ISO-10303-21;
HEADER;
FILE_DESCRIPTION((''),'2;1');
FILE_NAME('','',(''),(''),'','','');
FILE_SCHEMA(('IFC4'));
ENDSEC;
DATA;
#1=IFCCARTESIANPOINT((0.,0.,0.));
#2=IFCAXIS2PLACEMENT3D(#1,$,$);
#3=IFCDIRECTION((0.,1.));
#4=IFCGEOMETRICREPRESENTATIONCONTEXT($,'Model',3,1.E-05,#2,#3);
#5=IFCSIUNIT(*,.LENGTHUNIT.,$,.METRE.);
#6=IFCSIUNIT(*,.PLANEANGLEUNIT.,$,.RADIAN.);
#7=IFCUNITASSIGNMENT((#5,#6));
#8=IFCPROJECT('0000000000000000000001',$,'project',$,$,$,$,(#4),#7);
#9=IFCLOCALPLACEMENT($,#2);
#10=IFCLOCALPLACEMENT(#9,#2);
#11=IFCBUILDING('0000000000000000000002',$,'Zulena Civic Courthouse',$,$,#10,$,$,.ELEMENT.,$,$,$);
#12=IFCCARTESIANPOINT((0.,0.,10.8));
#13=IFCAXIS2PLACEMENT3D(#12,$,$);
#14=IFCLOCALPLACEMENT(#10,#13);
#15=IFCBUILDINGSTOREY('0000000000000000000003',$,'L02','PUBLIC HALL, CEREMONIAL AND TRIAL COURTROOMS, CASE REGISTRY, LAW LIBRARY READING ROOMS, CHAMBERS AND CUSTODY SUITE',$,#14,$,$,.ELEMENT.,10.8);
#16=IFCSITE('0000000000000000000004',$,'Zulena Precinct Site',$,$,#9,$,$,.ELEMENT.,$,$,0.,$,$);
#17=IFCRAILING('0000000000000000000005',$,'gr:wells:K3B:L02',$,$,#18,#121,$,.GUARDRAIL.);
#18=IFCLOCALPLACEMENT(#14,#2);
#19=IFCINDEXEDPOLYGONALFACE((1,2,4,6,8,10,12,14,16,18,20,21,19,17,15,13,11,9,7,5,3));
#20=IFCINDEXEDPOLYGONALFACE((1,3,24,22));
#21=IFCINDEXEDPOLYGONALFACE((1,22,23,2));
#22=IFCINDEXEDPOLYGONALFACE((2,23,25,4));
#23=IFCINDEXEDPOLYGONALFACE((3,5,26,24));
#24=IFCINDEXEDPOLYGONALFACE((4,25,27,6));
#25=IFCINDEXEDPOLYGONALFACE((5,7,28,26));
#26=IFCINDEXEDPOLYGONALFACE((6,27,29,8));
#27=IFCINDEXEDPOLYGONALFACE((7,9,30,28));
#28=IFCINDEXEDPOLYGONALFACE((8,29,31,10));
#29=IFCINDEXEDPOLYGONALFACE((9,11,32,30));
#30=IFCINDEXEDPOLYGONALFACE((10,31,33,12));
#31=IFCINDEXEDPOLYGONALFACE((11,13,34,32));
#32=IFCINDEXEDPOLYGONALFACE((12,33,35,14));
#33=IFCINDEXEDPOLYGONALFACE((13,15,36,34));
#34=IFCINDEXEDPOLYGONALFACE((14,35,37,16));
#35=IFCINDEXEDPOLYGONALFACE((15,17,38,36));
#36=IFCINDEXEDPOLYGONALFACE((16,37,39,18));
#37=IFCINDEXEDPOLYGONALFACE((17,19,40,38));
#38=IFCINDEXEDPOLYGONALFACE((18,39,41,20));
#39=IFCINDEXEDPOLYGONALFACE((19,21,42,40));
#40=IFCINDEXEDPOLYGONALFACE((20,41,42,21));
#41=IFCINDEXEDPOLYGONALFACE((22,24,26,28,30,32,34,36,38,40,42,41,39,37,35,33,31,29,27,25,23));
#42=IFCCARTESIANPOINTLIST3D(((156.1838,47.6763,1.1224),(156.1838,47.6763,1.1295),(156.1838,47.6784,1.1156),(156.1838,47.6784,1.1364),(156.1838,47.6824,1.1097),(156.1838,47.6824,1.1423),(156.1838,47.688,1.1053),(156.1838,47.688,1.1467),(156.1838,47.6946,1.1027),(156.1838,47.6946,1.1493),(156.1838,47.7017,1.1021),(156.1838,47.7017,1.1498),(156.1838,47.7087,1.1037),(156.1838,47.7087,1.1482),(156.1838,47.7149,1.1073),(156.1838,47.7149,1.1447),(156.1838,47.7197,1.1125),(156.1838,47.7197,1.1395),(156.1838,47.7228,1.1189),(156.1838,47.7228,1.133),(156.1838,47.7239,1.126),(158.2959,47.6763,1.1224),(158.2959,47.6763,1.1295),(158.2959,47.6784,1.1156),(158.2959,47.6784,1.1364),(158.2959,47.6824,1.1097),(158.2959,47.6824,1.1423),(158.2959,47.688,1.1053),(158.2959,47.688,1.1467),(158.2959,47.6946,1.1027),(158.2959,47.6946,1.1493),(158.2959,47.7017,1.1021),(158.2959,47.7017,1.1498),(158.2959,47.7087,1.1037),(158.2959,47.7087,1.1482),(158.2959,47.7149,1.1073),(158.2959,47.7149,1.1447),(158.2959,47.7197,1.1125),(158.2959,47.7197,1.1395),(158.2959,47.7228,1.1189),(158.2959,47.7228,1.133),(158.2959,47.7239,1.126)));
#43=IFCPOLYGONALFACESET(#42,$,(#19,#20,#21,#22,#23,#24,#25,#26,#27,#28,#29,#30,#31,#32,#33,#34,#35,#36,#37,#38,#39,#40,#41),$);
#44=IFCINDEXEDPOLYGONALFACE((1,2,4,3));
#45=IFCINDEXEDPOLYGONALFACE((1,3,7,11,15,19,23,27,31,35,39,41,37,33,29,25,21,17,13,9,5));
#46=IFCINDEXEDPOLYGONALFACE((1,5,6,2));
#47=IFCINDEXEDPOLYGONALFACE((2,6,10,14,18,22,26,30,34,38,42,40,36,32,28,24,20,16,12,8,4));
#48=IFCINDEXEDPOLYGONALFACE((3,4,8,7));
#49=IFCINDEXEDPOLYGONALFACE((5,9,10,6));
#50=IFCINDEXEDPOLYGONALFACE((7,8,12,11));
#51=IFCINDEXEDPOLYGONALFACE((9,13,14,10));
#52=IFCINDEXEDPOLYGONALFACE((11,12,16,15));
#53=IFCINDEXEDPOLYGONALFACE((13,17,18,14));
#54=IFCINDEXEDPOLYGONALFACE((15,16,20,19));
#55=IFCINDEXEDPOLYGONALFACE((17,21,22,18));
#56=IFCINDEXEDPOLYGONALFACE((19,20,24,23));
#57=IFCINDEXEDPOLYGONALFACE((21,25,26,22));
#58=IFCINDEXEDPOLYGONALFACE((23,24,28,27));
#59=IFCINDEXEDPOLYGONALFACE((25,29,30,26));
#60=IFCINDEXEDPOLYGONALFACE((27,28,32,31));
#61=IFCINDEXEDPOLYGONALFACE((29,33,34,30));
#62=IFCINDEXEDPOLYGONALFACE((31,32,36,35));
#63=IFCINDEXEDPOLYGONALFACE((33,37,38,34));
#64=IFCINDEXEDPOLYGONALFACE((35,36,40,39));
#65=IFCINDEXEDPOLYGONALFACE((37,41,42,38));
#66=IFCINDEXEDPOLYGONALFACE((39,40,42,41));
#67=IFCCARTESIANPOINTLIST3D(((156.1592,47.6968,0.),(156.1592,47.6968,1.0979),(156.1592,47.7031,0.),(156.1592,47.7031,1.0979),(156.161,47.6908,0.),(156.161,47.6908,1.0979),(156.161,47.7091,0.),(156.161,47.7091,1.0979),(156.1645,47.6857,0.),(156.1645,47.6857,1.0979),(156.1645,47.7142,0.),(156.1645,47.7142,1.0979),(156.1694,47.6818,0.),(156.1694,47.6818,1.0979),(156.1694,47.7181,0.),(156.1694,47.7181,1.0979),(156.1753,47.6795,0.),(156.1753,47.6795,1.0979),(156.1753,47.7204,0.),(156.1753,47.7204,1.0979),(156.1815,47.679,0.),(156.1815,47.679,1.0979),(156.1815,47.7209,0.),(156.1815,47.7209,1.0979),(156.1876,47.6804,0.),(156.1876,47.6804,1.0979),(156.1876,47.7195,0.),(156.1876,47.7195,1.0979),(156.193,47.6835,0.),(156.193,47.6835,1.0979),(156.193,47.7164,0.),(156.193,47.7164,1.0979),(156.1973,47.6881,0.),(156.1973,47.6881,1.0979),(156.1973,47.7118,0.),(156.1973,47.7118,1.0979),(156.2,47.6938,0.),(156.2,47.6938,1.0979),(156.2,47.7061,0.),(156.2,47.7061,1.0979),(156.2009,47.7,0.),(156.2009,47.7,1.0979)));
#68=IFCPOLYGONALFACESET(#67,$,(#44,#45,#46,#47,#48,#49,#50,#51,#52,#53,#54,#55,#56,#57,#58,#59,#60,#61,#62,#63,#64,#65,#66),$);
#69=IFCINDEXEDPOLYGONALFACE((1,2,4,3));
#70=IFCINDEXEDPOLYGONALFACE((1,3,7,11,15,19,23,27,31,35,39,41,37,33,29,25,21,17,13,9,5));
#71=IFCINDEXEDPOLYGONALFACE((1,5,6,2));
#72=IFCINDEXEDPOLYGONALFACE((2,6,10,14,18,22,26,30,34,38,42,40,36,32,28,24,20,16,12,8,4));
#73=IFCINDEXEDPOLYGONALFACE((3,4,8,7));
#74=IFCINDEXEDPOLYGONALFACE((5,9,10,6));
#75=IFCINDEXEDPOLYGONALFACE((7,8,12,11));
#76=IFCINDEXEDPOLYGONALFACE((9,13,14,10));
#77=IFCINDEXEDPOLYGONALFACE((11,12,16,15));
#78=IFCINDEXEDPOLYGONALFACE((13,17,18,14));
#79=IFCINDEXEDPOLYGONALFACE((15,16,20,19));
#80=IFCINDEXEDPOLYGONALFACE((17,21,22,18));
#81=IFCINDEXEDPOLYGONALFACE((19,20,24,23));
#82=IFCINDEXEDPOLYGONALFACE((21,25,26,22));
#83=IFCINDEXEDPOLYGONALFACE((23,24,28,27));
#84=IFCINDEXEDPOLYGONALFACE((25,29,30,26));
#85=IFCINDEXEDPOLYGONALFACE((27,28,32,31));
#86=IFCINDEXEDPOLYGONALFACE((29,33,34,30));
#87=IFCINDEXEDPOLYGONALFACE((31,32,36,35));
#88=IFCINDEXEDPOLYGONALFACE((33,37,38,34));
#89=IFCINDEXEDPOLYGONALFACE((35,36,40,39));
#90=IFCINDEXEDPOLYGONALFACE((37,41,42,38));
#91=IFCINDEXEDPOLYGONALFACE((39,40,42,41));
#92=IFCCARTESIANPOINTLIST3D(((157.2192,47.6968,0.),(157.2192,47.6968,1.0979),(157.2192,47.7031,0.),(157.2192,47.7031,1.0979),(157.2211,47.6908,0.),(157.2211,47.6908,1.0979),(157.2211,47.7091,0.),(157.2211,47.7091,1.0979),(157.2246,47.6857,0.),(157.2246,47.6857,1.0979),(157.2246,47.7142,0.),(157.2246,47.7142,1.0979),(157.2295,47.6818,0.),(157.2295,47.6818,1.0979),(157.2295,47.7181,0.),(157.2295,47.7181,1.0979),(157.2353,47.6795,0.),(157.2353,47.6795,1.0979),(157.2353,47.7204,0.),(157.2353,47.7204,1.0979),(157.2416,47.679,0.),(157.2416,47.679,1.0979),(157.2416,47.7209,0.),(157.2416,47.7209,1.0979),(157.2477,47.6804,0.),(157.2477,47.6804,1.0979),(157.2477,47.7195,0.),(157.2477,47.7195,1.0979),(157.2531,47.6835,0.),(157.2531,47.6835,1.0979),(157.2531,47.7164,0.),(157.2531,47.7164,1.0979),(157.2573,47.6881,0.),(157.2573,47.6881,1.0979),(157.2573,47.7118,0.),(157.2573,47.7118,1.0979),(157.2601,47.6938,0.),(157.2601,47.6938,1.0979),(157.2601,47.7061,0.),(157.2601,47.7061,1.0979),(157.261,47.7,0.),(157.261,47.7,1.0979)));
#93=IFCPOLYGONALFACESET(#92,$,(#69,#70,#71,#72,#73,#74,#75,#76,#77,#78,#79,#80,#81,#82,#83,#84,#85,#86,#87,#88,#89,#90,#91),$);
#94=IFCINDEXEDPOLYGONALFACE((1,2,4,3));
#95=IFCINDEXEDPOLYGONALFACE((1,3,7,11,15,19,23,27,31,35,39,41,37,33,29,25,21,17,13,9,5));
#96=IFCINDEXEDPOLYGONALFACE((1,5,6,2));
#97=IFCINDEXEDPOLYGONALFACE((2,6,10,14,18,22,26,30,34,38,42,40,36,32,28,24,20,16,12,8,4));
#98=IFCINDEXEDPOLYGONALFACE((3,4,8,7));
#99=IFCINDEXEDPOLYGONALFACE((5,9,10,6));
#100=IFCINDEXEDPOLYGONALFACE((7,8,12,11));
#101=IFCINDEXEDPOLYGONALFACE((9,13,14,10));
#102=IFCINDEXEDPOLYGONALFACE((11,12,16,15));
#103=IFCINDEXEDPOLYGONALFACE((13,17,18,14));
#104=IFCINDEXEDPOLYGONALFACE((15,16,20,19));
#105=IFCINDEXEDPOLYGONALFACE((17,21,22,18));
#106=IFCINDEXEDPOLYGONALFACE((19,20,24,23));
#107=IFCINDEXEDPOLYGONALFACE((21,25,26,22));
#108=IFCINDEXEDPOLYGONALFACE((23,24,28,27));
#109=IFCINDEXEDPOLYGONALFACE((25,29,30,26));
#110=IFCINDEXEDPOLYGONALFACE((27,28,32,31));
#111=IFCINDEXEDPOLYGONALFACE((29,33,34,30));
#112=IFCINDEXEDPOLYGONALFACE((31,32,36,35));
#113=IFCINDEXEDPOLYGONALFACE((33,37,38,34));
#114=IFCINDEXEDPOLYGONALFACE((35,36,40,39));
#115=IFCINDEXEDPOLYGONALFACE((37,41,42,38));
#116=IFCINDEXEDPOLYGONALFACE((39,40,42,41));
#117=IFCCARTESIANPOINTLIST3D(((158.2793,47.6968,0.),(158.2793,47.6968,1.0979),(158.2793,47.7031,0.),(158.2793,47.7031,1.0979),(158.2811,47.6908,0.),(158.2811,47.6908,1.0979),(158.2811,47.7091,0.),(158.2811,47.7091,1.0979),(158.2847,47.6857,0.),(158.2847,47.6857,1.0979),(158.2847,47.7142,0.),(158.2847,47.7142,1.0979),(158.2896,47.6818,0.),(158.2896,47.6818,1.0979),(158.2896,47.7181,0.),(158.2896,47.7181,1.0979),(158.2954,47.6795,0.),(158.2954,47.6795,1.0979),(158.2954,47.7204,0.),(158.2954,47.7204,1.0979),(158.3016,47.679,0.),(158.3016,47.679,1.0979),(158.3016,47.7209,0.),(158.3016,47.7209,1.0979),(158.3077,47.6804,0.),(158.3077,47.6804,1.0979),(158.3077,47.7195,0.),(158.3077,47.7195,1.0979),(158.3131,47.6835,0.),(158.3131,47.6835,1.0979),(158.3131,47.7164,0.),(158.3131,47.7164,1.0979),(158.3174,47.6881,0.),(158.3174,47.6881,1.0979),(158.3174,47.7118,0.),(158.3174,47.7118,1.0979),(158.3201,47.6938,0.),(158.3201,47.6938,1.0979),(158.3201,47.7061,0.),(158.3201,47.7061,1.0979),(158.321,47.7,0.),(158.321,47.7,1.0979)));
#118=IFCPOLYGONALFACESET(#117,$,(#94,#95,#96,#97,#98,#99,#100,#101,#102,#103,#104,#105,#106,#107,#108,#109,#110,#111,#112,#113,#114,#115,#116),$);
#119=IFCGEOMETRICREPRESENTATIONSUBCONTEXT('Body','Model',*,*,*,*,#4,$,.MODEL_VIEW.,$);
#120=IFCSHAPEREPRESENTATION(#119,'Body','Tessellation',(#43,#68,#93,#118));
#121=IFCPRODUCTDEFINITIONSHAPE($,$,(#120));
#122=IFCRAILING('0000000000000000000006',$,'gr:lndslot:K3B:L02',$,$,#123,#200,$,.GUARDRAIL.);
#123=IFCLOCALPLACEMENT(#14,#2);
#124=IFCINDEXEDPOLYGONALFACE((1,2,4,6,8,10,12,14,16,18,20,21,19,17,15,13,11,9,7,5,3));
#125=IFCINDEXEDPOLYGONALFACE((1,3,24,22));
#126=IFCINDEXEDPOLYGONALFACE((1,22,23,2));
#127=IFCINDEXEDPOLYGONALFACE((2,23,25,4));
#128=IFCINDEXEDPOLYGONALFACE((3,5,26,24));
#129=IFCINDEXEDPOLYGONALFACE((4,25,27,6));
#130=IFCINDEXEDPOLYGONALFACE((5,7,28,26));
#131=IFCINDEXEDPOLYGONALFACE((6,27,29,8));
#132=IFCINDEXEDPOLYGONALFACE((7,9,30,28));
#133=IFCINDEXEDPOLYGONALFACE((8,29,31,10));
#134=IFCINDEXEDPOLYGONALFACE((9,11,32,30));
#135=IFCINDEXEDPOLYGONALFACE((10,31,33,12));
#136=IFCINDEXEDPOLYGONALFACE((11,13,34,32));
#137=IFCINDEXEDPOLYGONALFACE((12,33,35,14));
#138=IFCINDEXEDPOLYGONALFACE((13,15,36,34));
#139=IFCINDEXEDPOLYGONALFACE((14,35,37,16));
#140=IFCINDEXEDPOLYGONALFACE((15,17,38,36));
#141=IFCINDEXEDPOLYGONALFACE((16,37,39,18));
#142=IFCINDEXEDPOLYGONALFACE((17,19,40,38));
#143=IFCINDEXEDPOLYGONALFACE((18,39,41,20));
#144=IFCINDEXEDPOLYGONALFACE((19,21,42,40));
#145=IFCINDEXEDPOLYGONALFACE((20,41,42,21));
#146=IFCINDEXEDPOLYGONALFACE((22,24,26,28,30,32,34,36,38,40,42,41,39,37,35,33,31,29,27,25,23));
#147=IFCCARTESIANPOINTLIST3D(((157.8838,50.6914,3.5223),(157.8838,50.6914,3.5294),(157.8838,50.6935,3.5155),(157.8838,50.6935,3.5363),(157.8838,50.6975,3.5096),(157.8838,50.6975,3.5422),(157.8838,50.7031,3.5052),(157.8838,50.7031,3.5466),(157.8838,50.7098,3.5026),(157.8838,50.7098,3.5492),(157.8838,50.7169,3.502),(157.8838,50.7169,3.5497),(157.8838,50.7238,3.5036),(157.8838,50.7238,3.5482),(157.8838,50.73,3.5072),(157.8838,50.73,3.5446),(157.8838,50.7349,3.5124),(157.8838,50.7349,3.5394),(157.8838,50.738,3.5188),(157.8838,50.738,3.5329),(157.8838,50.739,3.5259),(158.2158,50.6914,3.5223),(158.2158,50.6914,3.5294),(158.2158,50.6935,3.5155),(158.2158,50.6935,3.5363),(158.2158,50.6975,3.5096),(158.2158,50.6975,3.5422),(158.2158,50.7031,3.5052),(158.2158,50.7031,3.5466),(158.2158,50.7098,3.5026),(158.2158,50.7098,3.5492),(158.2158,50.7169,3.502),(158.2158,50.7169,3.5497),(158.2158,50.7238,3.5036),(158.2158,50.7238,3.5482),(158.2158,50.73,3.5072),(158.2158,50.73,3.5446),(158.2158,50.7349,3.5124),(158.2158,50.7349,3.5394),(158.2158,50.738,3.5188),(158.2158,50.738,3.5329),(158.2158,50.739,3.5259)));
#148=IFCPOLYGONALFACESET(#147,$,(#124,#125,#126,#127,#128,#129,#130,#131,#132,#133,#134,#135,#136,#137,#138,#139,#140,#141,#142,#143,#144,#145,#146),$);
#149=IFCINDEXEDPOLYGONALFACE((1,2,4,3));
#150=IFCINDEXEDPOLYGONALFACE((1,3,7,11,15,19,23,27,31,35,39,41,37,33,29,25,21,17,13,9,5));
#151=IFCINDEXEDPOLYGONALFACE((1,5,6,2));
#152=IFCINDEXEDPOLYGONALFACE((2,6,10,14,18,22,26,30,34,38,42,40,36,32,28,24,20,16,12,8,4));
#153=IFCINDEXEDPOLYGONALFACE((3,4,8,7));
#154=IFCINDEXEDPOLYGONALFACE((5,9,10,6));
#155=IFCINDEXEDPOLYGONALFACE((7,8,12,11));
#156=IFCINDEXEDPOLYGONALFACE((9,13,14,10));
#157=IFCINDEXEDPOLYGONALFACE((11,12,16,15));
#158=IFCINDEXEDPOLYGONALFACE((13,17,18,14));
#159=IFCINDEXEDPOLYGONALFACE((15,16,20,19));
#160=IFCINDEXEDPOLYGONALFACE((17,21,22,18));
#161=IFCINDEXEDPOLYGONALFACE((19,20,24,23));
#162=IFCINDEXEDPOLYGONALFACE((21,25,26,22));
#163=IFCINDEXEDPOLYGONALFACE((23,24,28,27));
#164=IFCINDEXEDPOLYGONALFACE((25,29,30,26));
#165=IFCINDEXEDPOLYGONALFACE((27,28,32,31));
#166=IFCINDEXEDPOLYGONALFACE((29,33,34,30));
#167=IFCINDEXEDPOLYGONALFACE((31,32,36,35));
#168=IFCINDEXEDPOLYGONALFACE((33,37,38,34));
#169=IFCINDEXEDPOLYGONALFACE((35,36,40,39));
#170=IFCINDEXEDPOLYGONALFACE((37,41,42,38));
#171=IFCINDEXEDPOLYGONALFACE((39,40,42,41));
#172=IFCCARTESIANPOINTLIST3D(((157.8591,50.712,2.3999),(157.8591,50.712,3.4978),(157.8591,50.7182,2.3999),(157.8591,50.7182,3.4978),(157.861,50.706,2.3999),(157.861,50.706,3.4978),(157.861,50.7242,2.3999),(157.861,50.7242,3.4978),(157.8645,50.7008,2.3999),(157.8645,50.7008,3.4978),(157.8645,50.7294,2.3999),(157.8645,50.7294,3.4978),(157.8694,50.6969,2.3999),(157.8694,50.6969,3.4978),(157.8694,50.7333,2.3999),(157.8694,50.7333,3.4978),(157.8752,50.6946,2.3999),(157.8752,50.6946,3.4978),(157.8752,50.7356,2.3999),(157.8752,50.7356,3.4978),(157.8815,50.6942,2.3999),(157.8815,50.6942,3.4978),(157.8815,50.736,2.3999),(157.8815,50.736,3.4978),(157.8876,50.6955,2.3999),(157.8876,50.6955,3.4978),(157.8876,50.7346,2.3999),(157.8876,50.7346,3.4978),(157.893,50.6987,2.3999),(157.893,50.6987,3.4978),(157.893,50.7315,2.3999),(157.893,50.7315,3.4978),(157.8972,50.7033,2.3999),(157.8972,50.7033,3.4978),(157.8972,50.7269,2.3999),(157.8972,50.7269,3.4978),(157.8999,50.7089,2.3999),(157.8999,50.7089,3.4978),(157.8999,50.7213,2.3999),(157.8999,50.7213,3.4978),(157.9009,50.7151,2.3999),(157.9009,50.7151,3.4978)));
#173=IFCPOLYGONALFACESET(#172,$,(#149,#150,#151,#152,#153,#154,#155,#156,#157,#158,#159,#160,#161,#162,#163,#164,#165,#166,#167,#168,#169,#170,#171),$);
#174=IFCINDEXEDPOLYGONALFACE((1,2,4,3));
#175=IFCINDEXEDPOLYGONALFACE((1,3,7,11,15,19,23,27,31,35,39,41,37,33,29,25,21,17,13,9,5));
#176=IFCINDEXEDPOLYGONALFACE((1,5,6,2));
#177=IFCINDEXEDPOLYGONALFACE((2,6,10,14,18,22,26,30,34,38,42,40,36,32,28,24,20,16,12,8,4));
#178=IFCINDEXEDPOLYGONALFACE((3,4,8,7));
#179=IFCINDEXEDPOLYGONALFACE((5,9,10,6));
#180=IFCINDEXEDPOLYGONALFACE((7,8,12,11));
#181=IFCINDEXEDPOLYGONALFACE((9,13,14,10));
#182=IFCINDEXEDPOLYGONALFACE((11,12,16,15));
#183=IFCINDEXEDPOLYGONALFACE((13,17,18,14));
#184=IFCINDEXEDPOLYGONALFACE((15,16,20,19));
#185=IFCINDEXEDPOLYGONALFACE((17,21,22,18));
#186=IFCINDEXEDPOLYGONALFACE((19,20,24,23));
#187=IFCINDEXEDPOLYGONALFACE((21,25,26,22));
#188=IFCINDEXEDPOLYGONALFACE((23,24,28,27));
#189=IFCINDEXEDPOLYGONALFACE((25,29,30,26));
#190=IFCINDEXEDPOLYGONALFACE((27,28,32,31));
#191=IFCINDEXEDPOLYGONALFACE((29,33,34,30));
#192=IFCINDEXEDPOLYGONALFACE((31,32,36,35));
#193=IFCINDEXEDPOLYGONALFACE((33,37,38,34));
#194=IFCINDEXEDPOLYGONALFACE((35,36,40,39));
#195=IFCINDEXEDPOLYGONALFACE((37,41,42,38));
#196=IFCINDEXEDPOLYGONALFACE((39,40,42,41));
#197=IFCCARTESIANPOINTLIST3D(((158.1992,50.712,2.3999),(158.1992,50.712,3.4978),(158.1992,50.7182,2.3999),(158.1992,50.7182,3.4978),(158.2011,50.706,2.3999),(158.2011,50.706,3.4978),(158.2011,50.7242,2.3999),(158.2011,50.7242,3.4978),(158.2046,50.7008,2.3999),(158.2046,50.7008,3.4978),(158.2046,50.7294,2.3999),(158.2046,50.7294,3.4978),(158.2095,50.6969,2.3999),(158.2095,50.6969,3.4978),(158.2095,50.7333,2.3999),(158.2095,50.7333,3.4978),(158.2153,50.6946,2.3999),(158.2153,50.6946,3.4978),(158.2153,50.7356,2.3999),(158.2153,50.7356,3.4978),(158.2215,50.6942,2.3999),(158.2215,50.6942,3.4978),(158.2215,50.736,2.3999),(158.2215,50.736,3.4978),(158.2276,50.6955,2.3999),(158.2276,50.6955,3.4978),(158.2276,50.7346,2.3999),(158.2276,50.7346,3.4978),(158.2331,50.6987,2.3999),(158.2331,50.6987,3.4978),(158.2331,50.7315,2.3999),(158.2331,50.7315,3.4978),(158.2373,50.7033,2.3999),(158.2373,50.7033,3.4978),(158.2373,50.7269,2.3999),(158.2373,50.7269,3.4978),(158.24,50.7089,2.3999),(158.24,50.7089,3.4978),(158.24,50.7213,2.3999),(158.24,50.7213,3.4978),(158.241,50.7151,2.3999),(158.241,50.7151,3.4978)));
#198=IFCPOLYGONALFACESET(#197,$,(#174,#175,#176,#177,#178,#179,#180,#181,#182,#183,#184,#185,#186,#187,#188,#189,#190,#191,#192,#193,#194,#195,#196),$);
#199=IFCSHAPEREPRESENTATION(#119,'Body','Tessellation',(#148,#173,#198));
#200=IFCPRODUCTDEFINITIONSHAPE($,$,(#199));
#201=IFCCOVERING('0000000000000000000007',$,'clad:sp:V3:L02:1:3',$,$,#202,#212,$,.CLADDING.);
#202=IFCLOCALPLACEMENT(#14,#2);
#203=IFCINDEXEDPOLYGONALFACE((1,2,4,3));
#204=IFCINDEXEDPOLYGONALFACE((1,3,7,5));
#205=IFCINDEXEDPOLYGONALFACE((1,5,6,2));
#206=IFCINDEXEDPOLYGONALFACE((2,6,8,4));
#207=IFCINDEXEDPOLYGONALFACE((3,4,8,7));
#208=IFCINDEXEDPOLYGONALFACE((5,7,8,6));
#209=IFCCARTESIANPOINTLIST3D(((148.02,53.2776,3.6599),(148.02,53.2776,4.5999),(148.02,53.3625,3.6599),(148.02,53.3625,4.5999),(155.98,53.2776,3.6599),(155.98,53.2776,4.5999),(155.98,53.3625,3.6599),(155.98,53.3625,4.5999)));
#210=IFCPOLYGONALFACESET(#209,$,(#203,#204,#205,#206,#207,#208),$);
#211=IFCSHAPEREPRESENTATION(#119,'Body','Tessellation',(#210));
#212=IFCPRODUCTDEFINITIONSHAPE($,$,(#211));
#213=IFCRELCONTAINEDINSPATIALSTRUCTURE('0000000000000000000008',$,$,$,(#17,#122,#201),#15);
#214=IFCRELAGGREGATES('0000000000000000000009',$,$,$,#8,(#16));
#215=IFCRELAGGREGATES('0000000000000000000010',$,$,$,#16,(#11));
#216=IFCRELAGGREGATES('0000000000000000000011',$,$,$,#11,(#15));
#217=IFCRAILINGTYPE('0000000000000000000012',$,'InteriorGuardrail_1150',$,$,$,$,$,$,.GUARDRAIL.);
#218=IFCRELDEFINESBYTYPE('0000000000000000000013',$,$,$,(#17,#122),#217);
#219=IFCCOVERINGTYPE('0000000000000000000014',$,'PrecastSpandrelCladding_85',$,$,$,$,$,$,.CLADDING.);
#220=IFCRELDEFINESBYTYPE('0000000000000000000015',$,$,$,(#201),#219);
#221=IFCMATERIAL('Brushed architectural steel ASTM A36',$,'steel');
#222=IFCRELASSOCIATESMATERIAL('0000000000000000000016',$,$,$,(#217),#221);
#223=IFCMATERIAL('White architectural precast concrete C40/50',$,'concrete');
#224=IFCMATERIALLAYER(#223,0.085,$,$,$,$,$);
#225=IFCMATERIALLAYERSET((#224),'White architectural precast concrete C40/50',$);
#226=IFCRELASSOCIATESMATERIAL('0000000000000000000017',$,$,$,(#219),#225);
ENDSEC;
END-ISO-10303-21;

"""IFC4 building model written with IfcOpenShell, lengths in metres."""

from ifc_helpers import new_model, si_unit, direction, frame, origin, origin_2d, place, context, subcontext, project, spatial, rectangle, circle, extrude, material, layer, layer_set, type_object, element, save


model = new_model("IFC4")

# Units and contexts
model_context = context("Model", 3, precision=1e-05, world=origin(), true_north=direction((0.0, 1.0)))
body_context = subcontext(model_context, "Body", "Model", "MODEL_VIEW")
ifc_project = project(units=[si_unit("LENGTHUNIT", "METRE"), si_unit("PLANEANGLEUNIT", "RADIAN")], contexts=[model_context])

# Site, building, storey
site_placement = place(None, origin())
site = spatial("IfcSite", under=ifc_project, at=site_placement, Name="Zulena Precinct Site", CompositionType="ELEMENT", RefElevation=0.0)
building_placement = place(site_placement, origin())
building = spatial("IfcBuilding", under=site, at=building_placement, Name="Zulena Civic Courthouse", CompositionType="ELEMENT")
storey_placement = place(building_placement, frame((0.0, 0.0, 10.8)))
storey = spatial("IfcBuildingStorey", under=building, at=storey_placement, Name="L02", Description="PUBLIC HALL, CEREMONIAL AND TRIAL COURTROOMS, CASE REGISTRY, LAW LIBRARY READING ROOMS, CHAMBERS AND CUSTODY SUITE", CompositionType="ELEMENT", Elevation=10.8)

# Railings
ifc_material_1 = material(Name="Brushed architectural steel ASTM A36", Category="steel")
railing_type_1 = type_object("IfcRailingType", Name="InteriorGuardrail_1150", PredefinedType="GUARDRAIL", material=ifc_material_1)
railing_1_placement = place(storey_placement, frame((156.1799, 47.7, 0.0)))
element("IfcRailing", 1, at=railing_1_placement, inside=storey, type_object=railing_type_1, Name="gr:wells:K3B:L02", PredefinedType="GUARDRAIL", context=body_context, shape_type="SweptSolid", body=[
    extrude(circle(Radius=0.0239, at=origin_2d()), frame((0.0039, 0.0, 1.126), z_axis=(1.0, 0.0, 0.0), x_axis=(0.0, 1.0, 0.0)), (0.0, 0.0, 1.0), 2.1121),
    extrude(circle(Radius=0.021, at=origin_2d()), origin(), (0.0, 0.0, 1.0), 1.0979),
    extrude(circle(Radius=0.021, at=origin_2d()), frame((1.0601, 0.0, 0.0)), (0.0, 0.0, 1.0), 1.0979),
    extrude(circle(Radius=0.021, at=origin_2d()), frame((2.1201, 0.0, 0.0)), (0.0, 0.0, 1.0), 1.0979),
])
railing_2_placement = place(storey_placement, frame((157.8799, 50.7151, 2.3999)))
element("IfcRailing", 2, at=railing_2_placement, inside=storey, type_object=railing_type_1, Name="gr:lndslot:K3B:L02", PredefinedType="GUARDRAIL", context=body_context, shape_type="SweptSolid", body=[
    extrude(circle(Radius=0.0239, at=origin_2d()), frame((0.0039, 0.0, 1.126), z_axis=(1.0, 0.0, 0.0), x_axis=(0.0, 1.0, 0.0)), (0.0, 0.0, 1.0), 0.332),
    extrude(circle(Radius=0.021, at=origin_2d()), origin(), (0.0, 0.0, 1.0), 1.0979),
    extrude(circle(Radius=0.021, at=origin_2d()), frame((0.3401, 0.0, 0.0)), (0.0, 0.0, 1.0), 1.0979),
])

# Covering
ifc_material_2 = material(Name="White architectural precast concrete C40/50", Category="concrete")
ifc_layer_1 = layer(ifc_material_2, 0.085)
ifc_layer_set_1 = layer_set([ifc_layer_1], Name="White architectural precast concrete C40/50")
covering_type = type_object("IfcCoveringType", Name="PrecastSpandrelCladding_85", PredefinedType="CLADDING", material=ifc_layer_set_1)
covering_placement = place(storey_placement, frame((152.0, 53.3201, 3.6599), z_axis=(0.0, 0.0, 1.0), x_axis=(1.0, 0.0, 0.0)))
element("IfcCovering", 3, at=covering_placement, inside=storey, type_object=covering_type, Name="clad:sp:V3:L02:1:3", PredefinedType="CLADDING", context=body_context, shape_type="SweptSolid", body=[
    extrude(rectangle(XDim=7.96, YDim=0.085, at=origin_2d()), origin(), (0.0, 0.0, 1.0), 0.9399),
])

save(model, "model.ifc")
